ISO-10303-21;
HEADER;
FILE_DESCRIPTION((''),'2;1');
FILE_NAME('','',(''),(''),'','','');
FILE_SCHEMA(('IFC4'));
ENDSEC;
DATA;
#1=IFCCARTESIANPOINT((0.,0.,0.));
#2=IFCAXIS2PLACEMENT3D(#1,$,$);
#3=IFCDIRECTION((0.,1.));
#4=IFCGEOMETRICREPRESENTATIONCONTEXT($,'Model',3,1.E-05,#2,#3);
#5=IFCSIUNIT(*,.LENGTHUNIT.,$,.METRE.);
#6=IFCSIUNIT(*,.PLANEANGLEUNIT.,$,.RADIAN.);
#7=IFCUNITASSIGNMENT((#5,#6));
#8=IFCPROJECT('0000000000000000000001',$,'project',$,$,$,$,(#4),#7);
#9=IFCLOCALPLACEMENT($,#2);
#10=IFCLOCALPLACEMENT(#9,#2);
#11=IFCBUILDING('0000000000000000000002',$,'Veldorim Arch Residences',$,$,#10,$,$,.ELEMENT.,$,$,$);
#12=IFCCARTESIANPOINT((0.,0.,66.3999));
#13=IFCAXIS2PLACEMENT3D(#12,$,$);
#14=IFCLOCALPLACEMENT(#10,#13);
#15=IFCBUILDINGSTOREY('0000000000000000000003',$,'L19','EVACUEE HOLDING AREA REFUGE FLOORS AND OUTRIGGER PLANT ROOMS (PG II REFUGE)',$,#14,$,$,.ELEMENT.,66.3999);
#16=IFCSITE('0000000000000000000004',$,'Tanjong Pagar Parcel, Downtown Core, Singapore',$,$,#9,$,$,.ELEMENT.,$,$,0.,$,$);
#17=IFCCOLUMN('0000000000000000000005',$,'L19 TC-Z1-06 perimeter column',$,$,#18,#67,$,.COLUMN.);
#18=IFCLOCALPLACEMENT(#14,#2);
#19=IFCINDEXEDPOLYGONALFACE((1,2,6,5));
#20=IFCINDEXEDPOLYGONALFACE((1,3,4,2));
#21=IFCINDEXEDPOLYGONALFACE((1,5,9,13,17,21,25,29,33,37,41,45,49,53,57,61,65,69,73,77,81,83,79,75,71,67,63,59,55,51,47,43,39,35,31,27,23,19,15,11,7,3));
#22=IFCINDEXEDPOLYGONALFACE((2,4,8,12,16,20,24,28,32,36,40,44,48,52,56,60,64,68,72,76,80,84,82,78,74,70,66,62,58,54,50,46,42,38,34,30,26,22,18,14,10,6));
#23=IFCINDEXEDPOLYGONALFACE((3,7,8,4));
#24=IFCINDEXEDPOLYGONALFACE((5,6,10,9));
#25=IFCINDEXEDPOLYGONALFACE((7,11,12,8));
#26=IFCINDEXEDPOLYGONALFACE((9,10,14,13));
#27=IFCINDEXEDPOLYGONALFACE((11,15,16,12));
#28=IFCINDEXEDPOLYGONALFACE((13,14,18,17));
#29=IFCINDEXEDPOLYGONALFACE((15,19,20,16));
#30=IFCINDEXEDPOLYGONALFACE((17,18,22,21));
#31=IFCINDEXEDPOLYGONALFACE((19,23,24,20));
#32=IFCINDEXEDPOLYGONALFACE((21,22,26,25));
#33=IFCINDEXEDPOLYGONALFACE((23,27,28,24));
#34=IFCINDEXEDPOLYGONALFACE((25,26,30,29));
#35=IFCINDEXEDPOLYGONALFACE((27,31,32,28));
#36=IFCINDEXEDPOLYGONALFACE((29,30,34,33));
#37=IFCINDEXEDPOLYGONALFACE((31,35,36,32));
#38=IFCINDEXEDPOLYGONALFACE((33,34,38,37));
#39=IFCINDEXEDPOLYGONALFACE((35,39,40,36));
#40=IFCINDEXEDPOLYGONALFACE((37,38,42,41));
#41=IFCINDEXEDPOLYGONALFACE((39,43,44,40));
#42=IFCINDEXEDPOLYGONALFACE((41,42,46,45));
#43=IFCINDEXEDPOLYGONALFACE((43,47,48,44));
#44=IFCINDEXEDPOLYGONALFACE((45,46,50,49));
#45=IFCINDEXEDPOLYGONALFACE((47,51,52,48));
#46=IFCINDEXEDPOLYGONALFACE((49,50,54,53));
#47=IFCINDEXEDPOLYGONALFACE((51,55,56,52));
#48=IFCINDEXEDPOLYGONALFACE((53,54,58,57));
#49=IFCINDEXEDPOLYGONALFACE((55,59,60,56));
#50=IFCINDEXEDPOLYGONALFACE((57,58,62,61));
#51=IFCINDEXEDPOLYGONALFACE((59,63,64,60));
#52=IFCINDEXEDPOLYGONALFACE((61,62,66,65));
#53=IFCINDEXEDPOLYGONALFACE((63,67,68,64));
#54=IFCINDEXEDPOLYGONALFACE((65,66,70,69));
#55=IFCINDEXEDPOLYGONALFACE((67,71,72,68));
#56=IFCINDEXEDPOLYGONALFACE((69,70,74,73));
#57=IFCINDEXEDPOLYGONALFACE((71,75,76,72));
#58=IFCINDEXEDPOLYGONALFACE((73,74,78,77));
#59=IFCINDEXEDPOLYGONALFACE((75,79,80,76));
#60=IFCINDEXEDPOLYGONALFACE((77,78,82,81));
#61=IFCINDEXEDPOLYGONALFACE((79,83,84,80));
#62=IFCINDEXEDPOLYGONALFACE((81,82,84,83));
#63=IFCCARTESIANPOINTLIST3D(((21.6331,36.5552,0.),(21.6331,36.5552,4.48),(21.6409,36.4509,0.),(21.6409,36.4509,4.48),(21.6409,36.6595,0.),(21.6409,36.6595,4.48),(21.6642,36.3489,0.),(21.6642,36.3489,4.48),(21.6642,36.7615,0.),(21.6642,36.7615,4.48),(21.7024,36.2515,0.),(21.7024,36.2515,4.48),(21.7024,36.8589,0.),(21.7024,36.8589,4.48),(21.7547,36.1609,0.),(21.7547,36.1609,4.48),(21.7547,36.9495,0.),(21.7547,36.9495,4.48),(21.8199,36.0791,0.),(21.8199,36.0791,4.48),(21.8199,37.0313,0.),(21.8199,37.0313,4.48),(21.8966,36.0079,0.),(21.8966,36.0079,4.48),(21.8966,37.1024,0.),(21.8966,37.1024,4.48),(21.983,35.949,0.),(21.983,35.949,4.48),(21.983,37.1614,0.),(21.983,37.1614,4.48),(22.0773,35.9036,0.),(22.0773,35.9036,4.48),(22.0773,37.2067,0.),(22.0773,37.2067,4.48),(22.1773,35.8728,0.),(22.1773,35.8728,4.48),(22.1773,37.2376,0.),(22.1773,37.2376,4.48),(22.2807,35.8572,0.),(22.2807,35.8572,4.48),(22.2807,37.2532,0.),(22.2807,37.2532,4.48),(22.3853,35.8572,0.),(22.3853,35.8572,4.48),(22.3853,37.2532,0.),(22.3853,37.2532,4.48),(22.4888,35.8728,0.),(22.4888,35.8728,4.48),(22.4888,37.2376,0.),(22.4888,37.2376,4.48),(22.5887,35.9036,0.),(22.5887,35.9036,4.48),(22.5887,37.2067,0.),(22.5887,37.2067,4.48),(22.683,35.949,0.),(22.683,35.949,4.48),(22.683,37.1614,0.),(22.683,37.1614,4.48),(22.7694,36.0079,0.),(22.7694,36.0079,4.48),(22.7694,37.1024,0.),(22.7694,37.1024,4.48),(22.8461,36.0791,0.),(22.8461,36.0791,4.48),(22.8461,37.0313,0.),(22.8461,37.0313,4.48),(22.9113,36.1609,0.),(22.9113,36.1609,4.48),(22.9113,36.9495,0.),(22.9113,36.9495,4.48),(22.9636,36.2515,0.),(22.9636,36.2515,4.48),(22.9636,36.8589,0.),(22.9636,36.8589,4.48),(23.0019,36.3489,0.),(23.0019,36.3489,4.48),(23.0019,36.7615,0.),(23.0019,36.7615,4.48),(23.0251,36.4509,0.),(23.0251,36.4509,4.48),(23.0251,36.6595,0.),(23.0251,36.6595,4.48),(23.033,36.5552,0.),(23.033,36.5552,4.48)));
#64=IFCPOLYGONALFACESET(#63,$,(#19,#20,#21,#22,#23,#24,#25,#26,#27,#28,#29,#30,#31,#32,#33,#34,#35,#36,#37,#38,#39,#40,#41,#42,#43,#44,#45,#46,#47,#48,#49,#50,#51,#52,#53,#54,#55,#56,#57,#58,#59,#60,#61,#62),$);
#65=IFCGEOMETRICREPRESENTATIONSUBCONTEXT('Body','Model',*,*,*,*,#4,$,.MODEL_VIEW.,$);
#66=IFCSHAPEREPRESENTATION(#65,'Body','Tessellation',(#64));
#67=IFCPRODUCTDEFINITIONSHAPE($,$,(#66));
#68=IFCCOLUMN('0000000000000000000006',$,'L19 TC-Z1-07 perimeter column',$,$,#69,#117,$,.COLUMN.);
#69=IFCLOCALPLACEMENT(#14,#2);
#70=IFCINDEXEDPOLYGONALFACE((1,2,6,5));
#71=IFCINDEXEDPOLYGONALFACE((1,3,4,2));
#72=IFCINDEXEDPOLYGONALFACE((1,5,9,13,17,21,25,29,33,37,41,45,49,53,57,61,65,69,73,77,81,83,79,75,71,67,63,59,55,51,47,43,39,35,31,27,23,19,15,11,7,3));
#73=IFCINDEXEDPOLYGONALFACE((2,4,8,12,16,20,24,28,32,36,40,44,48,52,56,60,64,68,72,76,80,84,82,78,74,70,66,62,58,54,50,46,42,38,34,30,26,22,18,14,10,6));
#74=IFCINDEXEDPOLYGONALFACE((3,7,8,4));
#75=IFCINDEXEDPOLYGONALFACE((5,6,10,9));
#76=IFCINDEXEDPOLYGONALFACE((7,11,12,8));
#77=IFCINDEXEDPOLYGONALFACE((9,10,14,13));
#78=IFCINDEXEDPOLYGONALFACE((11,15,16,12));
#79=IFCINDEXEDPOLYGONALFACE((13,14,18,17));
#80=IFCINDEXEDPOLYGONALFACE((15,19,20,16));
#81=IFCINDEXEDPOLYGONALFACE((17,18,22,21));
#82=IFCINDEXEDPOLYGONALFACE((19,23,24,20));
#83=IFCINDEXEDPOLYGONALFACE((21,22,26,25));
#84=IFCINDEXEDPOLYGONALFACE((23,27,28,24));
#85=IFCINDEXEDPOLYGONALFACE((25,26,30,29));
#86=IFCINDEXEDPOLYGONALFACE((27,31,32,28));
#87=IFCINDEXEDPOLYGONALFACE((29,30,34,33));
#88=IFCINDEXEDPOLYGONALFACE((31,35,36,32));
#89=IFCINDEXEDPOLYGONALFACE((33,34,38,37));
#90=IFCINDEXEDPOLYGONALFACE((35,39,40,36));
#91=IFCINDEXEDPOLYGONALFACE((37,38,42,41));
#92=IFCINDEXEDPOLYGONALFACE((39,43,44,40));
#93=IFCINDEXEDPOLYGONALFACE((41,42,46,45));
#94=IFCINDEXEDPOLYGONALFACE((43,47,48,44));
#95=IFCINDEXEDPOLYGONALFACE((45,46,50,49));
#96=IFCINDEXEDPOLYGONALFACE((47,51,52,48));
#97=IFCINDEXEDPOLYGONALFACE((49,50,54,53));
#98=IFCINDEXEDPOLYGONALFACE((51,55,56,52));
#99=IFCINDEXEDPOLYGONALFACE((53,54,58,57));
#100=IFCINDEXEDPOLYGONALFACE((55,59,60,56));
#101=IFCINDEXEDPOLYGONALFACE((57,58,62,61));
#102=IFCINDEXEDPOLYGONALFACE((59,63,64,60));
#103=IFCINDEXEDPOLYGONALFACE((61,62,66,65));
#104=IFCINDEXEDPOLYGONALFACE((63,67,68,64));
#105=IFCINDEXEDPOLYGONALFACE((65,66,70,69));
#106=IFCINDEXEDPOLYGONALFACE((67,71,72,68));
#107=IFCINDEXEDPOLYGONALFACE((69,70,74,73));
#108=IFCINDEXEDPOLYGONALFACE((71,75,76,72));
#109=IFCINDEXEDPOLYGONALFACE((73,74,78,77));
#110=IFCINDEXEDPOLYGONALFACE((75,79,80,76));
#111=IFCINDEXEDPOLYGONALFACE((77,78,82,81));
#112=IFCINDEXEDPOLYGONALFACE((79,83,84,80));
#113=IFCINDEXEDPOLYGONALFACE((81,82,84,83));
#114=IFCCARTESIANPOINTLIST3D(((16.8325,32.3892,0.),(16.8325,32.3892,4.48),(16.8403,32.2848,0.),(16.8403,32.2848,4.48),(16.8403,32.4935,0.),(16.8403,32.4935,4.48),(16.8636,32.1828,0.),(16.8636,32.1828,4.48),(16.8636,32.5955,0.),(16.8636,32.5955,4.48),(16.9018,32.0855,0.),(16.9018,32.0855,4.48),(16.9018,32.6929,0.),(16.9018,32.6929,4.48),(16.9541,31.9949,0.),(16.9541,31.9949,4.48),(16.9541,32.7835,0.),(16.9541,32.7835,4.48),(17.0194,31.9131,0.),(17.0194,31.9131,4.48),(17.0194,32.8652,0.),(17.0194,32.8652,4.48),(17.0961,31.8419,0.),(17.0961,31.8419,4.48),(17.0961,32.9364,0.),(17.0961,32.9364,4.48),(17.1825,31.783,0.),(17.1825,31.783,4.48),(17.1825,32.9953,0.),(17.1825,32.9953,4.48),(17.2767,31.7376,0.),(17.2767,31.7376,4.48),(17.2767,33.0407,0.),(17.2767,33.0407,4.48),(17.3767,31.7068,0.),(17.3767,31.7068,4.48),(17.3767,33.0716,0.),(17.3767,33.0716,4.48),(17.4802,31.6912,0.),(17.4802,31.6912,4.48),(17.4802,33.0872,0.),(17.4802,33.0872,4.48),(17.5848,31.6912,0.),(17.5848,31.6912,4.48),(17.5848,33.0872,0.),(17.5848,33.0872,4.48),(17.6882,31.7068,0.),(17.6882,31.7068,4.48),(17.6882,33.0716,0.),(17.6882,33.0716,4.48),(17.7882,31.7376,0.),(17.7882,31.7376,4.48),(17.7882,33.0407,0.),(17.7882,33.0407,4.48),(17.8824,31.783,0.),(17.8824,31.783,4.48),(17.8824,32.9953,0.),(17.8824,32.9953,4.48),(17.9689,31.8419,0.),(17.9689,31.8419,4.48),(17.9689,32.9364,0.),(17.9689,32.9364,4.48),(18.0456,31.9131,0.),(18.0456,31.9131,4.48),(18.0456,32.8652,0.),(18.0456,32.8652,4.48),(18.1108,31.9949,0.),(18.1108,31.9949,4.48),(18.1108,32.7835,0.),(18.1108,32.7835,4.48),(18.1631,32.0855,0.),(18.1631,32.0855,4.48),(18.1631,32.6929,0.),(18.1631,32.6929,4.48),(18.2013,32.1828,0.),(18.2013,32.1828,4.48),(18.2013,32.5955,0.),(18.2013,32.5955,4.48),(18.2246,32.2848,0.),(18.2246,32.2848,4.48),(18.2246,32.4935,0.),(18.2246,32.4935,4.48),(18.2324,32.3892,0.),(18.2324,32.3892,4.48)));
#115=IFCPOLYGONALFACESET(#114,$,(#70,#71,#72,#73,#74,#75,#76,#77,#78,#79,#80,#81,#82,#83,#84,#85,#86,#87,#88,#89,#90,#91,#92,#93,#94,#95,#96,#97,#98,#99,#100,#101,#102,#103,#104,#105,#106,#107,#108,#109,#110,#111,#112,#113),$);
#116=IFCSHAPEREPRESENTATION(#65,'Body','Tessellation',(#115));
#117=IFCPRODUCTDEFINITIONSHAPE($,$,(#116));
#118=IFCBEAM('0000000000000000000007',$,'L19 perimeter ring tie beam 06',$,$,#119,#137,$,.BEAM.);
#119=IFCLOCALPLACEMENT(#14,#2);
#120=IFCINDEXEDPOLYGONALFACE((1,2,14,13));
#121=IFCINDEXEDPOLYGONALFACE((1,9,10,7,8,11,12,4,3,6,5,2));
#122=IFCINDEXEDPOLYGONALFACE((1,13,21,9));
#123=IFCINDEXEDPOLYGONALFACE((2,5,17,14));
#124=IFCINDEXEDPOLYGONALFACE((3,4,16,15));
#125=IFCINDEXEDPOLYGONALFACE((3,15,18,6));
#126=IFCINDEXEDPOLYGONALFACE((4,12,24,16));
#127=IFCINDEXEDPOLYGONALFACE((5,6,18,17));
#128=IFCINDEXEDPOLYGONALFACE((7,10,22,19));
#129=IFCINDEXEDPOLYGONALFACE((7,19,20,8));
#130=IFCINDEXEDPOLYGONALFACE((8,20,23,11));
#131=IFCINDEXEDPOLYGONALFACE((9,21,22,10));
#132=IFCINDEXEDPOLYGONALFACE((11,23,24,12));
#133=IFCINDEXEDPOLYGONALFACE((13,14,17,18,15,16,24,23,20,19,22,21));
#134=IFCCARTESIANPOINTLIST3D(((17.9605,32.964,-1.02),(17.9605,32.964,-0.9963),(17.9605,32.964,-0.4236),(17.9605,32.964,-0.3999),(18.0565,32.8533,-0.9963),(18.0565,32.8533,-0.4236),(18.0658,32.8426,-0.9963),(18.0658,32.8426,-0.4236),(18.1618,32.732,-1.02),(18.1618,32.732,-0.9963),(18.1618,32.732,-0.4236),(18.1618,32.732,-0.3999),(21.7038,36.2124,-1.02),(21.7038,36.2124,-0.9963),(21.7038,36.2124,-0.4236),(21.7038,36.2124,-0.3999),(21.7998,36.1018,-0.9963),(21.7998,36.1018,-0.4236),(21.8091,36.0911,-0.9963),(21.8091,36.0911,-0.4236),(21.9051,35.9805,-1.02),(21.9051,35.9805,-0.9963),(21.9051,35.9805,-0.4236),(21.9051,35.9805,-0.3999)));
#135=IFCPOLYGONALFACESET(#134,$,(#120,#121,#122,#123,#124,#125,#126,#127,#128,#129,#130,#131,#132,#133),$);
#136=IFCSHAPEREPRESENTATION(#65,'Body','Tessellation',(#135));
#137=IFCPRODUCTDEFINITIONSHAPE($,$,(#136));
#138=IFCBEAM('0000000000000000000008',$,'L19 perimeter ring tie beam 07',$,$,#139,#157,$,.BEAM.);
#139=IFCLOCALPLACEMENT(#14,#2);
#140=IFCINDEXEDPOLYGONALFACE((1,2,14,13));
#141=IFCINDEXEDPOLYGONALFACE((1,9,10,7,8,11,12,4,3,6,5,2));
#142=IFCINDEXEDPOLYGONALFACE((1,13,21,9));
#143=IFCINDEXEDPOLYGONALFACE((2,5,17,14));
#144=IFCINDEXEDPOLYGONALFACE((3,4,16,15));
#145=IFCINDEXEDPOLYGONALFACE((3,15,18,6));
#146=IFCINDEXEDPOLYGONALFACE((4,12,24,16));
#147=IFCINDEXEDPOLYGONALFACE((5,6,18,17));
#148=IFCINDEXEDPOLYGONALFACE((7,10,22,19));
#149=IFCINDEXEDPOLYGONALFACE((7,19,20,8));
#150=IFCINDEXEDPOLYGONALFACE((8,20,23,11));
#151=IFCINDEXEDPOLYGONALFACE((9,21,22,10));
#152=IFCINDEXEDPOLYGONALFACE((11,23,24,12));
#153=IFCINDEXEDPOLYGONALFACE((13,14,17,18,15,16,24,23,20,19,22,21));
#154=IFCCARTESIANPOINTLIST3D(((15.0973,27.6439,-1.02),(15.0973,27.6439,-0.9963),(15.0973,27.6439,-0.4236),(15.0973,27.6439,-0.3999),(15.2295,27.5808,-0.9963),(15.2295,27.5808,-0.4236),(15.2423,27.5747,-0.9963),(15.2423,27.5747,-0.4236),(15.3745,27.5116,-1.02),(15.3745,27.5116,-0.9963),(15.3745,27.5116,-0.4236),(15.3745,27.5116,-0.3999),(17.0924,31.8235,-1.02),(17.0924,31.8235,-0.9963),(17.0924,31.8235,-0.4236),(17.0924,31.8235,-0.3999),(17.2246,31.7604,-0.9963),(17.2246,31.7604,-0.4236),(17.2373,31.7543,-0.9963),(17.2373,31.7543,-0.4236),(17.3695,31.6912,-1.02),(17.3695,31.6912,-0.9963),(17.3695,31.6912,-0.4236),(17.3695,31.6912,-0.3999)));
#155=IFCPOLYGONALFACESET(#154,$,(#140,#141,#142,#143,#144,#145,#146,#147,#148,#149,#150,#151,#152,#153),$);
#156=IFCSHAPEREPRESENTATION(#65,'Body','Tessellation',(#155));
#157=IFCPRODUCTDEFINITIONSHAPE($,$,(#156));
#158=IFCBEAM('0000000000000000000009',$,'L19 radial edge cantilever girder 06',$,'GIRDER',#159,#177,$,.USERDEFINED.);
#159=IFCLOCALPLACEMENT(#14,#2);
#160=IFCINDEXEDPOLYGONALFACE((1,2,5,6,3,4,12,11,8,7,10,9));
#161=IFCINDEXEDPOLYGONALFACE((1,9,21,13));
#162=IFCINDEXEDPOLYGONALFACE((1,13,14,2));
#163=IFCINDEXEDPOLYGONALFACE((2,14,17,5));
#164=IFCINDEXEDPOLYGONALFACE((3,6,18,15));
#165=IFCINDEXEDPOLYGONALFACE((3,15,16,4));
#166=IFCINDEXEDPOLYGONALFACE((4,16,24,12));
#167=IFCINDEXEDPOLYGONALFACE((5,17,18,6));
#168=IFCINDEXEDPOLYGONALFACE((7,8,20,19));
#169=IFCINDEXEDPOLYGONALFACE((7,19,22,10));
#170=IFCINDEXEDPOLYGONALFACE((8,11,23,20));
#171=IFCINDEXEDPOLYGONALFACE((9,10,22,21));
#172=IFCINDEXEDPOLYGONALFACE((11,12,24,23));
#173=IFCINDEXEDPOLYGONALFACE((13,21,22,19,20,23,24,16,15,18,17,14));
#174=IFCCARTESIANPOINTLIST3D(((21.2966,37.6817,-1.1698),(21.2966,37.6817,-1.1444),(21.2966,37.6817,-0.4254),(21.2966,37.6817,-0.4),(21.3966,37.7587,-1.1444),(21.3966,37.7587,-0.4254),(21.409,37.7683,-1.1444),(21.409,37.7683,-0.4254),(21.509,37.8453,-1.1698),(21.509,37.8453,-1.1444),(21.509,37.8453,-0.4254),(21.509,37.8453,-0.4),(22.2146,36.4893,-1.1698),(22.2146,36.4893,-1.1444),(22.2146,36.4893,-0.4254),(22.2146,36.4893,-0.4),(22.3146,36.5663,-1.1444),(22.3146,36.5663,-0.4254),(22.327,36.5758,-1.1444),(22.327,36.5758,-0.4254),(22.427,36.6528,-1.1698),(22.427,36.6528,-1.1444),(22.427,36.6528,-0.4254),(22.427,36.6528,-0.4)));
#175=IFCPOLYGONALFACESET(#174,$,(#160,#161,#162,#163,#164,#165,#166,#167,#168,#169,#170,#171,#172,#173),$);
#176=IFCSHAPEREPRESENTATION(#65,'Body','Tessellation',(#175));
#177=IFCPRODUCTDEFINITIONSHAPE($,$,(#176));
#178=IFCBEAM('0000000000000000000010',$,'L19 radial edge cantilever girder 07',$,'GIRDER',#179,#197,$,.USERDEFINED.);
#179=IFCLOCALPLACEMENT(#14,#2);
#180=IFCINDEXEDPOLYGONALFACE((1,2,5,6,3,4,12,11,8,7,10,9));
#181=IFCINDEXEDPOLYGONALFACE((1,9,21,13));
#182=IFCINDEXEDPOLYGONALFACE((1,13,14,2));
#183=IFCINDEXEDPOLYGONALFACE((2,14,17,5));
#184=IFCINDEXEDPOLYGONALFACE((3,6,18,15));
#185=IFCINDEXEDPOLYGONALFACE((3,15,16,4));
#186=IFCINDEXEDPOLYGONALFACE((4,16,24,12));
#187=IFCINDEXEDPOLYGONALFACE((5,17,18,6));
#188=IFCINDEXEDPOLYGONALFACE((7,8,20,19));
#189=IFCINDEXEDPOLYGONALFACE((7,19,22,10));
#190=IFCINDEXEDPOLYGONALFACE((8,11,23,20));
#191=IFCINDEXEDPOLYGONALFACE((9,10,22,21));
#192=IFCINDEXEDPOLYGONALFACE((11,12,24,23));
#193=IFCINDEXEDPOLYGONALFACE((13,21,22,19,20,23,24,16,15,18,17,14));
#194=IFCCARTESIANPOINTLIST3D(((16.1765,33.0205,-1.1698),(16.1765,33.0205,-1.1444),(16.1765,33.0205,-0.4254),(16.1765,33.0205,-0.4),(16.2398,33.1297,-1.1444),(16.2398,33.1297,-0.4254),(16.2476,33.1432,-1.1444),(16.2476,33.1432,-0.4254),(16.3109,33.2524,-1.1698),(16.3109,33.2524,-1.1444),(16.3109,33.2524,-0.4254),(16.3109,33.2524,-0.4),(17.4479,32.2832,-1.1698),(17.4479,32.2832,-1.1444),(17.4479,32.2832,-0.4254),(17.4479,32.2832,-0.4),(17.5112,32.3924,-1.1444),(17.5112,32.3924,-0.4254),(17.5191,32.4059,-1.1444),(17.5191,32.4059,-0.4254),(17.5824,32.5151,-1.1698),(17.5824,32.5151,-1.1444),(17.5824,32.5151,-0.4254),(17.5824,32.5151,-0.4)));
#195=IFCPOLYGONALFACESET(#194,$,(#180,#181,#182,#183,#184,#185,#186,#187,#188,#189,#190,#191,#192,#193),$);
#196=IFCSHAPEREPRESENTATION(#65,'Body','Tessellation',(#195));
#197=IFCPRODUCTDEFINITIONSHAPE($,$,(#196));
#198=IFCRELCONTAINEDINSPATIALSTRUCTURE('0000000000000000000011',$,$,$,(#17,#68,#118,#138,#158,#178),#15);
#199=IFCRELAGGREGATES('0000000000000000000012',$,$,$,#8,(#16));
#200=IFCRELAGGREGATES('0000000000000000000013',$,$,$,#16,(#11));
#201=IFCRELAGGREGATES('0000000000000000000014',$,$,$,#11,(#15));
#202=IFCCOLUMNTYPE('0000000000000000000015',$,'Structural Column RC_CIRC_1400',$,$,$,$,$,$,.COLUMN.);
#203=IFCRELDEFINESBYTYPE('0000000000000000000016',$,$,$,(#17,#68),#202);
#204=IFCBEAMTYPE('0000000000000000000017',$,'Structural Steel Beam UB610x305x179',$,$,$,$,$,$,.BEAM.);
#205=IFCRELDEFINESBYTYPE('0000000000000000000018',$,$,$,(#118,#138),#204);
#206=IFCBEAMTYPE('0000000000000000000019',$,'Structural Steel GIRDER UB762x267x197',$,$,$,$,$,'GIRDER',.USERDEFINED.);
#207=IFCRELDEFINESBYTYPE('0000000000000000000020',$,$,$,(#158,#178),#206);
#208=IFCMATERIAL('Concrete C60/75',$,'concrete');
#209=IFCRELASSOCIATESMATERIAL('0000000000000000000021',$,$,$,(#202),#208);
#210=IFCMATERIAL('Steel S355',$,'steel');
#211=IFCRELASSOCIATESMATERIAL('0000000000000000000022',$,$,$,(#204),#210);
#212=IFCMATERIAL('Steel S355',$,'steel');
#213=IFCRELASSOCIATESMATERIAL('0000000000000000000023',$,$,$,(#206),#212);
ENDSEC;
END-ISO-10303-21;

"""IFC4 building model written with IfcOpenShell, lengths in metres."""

from ifc_helpers import new_model, si_unit, direction, frame, origin, origin_2d, place, context, subcontext, project, spatial, circle, i_section, extrude, material, material_profile, profile_set, type_object, element, save


model = new_model("IFC4")

# Units and contexts
model_context = context("Model", 3, precision=1e-05, world=origin(), true_north=direction((0.0, 1.0)))
body_context = subcontext(model_context, "Body", "Model", "MODEL_VIEW")
ifc_project = project(units=[si_unit("LENGTHUNIT", "METRE"), si_unit("PLANEANGLEUNIT", "RADIAN")], contexts=[model_context])

# Site, building, storey
site_placement = place(None, origin())
site = spatial("IfcSite", under=ifc_project, at=site_placement, Name="Tanjong Pagar Parcel, Downtown Core, Singapore", CompositionType="ELEMENT", RefElevation=0.0)
building_placement = place(site_placement, origin())
building = spatial("IfcBuilding", under=site, at=building_placement, Name="Veldorim Arch Residences", CompositionType="ELEMENT")
storey_placement = place(building_placement, frame((0.0, 0.0, 66.3999)))
storey = spatial("IfcBuildingStorey", under=building, at=storey_placement, Name="L19", Description="EVACUEE HOLDING AREA REFUGE FLOORS AND OUTRIGGER PLANT ROOMS (PG II REFUGE)", CompositionType="ELEMENT", Elevation=66.3999)

# Columns
ifc_material_1 = material(Name="Concrete C60/75", Category="concrete")
ifc_material_profile_1 = material_profile(ifc_material_1, circle(Radius=0.7, at=origin_2d()), Name="RC_CIRC_1400")
ifc_profile_set_1 = profile_set([ifc_material_profile_1], Name="Concrete C60/75")
column_type = type_object("IfcColumnType", Name="Structural Column RC_CIRC_1400", PredefinedType="COLUMN", material=ifc_profile_set_1)
for number, where, z_axis, x_axis, name in (
    (1, (22.333, 36.5552, 0.0), (0.0, 0.0, 1.0), (1.0, 0.0, 0.0), "L19 TC-Z1-06 perimeter column"),
    (2, (17.5325, 32.3892, 0.0), (0.0, 0.0, 1.0), (1.0, 0.0, 0.0), "L19 TC-Z1-07 perimeter column"),
):
    element("IfcColumn", number, at=place(storey_placement, frame(where, z_axis=z_axis, x_axis=x_axis)), inside=storey, type_object=column_type, Name=name, PredefinedType="COLUMN", context=body_context, shape_type="SweptSolid", body=[
        extrude(circle(Radius=0.7, at=origin_2d()), origin(), (0.0, 0.0, 1.0), 4.48),
    ])

# Beams
ifc_material_2 = material(Name="Steel S355", Category="steel")
ifc_material_profile_2 = material_profile(ifc_material_2, i_section(OverallWidth=0.3071, OverallDepth=0.6201, WebThickness=0.0142, FlangeThickness=0.0237, at=origin_2d()), Name="UB610x305x179")
ifc_profile_set_2 = profile_set([ifc_material_profile_2], Name="Steel S355")
beam_type_1 = type_object("IfcBeamType", Name="Structural Steel Beam UB610x305x179", PredefinedType="BEAM", material=ifc_profile_set_2)
beam_1_placement = place(storey_placement, frame((21.8044, 36.0964, -0.71), z_axis=(-0.755265, -0.65542, 0.0), x_axis=(0.65542, -0.755265, 0.0)))
element("IfcBeam", 3, at=beam_1_placement, inside=storey, type_object=beam_type_1, Name="L19 perimeter ring tie beam 06", PredefinedType="BEAM", context=body_context, shape_type="SweptSolid", body=[
    extrude(i_section(OverallWidth=0.3071, OverallDepth=0.6201, WebThickness=0.0142, FlangeThickness=0.0237, at=origin_2d()), origin(), (0.0, 0.0, 1.0), 4.9563),
])
beam_2_placement = place(storey_placement, frame((17.231, 31.7573, -0.71), z_axis=(-0.430776, -0.902459, 0.0), x_axis=(0.902459, -0.430776, 0.0)))
element("IfcBeam", 4, at=beam_2_placement, inside=storey, type_object=beam_type_1, Name="L19 perimeter ring tie beam 07", PredefinedType="BEAM", context=body_context, shape_type="SweptSolid", body=[
    extrude(i_section(OverallWidth=0.3071, OverallDepth=0.6201, WebThickness=0.0142, FlangeThickness=0.0237, at=origin_2d()), origin(), (0.0, 0.0, 1.0), 4.6313),
])
ifc_material_3 = material(Name="Steel S355", Category="steel")
ifc_material_profile_3 = material_profile(ifc_material_3, i_section(OverallWidth=0.2681, OverallDepth=0.7698, WebThickness=0.0156, FlangeThickness=0.0254, at=origin_2d()), Name="UB762x267x197")
ifc_profile_set_3 = profile_set([ifc_material_profile_3], Name="Steel S355")
beam_type_2 = type_object("IfcBeamType", Name="Structural Steel GIRDER UB762x267x197", ElementType="GIRDER", PredefinedType="USERDEFINED", material=ifc_profile_set_3)
beam_3_placement = place(storey_placement, frame((22.3208, 36.571, -0.7849), z_axis=(-0.610024, 0.792383, 0.0), x_axis=(-0.792383, -0.610024, 0.0)))
element("IfcBeam", 5, at=beam_3_placement, inside=storey, type_object=beam_type_2, Name="L19 radial edge cantilever girder 06", ObjectType="GIRDER", PredefinedType="USERDEFINED", context=body_context, shape_type="SweptSolid", body=[
    extrude(i_section(OverallWidth=0.2681, OverallDepth=0.7698, WebThickness=0.0156, FlangeThickness=0.0254, at=origin_2d()), origin(), (0.0, 0.0, 1.0), 1.5049),
])
beam_4_placement = place(storey_placement, frame((17.5151, 32.3992, -0.7849), z_axis=(-0.865077, 0.501639, 0.0), x_axis=(-0.501639, -0.865077, 0.0)))
element("IfcBeam", 6, at=beam_4_placement, inside=storey, type_object=beam_type_2, Name="L19 radial edge cantilever girder 07", ObjectType="GIRDER", PredefinedType="USERDEFINED", context=body_context, shape_type="SweptSolid", body=[
    extrude(i_section(OverallWidth=0.2681, OverallDepth=0.7698, WebThickness=0.0156, FlangeThickness=0.0254, at=origin_2d()), origin(), (0.0, 0.0, 1.0), 1.4697),
])

save(model, "model.ifc")
